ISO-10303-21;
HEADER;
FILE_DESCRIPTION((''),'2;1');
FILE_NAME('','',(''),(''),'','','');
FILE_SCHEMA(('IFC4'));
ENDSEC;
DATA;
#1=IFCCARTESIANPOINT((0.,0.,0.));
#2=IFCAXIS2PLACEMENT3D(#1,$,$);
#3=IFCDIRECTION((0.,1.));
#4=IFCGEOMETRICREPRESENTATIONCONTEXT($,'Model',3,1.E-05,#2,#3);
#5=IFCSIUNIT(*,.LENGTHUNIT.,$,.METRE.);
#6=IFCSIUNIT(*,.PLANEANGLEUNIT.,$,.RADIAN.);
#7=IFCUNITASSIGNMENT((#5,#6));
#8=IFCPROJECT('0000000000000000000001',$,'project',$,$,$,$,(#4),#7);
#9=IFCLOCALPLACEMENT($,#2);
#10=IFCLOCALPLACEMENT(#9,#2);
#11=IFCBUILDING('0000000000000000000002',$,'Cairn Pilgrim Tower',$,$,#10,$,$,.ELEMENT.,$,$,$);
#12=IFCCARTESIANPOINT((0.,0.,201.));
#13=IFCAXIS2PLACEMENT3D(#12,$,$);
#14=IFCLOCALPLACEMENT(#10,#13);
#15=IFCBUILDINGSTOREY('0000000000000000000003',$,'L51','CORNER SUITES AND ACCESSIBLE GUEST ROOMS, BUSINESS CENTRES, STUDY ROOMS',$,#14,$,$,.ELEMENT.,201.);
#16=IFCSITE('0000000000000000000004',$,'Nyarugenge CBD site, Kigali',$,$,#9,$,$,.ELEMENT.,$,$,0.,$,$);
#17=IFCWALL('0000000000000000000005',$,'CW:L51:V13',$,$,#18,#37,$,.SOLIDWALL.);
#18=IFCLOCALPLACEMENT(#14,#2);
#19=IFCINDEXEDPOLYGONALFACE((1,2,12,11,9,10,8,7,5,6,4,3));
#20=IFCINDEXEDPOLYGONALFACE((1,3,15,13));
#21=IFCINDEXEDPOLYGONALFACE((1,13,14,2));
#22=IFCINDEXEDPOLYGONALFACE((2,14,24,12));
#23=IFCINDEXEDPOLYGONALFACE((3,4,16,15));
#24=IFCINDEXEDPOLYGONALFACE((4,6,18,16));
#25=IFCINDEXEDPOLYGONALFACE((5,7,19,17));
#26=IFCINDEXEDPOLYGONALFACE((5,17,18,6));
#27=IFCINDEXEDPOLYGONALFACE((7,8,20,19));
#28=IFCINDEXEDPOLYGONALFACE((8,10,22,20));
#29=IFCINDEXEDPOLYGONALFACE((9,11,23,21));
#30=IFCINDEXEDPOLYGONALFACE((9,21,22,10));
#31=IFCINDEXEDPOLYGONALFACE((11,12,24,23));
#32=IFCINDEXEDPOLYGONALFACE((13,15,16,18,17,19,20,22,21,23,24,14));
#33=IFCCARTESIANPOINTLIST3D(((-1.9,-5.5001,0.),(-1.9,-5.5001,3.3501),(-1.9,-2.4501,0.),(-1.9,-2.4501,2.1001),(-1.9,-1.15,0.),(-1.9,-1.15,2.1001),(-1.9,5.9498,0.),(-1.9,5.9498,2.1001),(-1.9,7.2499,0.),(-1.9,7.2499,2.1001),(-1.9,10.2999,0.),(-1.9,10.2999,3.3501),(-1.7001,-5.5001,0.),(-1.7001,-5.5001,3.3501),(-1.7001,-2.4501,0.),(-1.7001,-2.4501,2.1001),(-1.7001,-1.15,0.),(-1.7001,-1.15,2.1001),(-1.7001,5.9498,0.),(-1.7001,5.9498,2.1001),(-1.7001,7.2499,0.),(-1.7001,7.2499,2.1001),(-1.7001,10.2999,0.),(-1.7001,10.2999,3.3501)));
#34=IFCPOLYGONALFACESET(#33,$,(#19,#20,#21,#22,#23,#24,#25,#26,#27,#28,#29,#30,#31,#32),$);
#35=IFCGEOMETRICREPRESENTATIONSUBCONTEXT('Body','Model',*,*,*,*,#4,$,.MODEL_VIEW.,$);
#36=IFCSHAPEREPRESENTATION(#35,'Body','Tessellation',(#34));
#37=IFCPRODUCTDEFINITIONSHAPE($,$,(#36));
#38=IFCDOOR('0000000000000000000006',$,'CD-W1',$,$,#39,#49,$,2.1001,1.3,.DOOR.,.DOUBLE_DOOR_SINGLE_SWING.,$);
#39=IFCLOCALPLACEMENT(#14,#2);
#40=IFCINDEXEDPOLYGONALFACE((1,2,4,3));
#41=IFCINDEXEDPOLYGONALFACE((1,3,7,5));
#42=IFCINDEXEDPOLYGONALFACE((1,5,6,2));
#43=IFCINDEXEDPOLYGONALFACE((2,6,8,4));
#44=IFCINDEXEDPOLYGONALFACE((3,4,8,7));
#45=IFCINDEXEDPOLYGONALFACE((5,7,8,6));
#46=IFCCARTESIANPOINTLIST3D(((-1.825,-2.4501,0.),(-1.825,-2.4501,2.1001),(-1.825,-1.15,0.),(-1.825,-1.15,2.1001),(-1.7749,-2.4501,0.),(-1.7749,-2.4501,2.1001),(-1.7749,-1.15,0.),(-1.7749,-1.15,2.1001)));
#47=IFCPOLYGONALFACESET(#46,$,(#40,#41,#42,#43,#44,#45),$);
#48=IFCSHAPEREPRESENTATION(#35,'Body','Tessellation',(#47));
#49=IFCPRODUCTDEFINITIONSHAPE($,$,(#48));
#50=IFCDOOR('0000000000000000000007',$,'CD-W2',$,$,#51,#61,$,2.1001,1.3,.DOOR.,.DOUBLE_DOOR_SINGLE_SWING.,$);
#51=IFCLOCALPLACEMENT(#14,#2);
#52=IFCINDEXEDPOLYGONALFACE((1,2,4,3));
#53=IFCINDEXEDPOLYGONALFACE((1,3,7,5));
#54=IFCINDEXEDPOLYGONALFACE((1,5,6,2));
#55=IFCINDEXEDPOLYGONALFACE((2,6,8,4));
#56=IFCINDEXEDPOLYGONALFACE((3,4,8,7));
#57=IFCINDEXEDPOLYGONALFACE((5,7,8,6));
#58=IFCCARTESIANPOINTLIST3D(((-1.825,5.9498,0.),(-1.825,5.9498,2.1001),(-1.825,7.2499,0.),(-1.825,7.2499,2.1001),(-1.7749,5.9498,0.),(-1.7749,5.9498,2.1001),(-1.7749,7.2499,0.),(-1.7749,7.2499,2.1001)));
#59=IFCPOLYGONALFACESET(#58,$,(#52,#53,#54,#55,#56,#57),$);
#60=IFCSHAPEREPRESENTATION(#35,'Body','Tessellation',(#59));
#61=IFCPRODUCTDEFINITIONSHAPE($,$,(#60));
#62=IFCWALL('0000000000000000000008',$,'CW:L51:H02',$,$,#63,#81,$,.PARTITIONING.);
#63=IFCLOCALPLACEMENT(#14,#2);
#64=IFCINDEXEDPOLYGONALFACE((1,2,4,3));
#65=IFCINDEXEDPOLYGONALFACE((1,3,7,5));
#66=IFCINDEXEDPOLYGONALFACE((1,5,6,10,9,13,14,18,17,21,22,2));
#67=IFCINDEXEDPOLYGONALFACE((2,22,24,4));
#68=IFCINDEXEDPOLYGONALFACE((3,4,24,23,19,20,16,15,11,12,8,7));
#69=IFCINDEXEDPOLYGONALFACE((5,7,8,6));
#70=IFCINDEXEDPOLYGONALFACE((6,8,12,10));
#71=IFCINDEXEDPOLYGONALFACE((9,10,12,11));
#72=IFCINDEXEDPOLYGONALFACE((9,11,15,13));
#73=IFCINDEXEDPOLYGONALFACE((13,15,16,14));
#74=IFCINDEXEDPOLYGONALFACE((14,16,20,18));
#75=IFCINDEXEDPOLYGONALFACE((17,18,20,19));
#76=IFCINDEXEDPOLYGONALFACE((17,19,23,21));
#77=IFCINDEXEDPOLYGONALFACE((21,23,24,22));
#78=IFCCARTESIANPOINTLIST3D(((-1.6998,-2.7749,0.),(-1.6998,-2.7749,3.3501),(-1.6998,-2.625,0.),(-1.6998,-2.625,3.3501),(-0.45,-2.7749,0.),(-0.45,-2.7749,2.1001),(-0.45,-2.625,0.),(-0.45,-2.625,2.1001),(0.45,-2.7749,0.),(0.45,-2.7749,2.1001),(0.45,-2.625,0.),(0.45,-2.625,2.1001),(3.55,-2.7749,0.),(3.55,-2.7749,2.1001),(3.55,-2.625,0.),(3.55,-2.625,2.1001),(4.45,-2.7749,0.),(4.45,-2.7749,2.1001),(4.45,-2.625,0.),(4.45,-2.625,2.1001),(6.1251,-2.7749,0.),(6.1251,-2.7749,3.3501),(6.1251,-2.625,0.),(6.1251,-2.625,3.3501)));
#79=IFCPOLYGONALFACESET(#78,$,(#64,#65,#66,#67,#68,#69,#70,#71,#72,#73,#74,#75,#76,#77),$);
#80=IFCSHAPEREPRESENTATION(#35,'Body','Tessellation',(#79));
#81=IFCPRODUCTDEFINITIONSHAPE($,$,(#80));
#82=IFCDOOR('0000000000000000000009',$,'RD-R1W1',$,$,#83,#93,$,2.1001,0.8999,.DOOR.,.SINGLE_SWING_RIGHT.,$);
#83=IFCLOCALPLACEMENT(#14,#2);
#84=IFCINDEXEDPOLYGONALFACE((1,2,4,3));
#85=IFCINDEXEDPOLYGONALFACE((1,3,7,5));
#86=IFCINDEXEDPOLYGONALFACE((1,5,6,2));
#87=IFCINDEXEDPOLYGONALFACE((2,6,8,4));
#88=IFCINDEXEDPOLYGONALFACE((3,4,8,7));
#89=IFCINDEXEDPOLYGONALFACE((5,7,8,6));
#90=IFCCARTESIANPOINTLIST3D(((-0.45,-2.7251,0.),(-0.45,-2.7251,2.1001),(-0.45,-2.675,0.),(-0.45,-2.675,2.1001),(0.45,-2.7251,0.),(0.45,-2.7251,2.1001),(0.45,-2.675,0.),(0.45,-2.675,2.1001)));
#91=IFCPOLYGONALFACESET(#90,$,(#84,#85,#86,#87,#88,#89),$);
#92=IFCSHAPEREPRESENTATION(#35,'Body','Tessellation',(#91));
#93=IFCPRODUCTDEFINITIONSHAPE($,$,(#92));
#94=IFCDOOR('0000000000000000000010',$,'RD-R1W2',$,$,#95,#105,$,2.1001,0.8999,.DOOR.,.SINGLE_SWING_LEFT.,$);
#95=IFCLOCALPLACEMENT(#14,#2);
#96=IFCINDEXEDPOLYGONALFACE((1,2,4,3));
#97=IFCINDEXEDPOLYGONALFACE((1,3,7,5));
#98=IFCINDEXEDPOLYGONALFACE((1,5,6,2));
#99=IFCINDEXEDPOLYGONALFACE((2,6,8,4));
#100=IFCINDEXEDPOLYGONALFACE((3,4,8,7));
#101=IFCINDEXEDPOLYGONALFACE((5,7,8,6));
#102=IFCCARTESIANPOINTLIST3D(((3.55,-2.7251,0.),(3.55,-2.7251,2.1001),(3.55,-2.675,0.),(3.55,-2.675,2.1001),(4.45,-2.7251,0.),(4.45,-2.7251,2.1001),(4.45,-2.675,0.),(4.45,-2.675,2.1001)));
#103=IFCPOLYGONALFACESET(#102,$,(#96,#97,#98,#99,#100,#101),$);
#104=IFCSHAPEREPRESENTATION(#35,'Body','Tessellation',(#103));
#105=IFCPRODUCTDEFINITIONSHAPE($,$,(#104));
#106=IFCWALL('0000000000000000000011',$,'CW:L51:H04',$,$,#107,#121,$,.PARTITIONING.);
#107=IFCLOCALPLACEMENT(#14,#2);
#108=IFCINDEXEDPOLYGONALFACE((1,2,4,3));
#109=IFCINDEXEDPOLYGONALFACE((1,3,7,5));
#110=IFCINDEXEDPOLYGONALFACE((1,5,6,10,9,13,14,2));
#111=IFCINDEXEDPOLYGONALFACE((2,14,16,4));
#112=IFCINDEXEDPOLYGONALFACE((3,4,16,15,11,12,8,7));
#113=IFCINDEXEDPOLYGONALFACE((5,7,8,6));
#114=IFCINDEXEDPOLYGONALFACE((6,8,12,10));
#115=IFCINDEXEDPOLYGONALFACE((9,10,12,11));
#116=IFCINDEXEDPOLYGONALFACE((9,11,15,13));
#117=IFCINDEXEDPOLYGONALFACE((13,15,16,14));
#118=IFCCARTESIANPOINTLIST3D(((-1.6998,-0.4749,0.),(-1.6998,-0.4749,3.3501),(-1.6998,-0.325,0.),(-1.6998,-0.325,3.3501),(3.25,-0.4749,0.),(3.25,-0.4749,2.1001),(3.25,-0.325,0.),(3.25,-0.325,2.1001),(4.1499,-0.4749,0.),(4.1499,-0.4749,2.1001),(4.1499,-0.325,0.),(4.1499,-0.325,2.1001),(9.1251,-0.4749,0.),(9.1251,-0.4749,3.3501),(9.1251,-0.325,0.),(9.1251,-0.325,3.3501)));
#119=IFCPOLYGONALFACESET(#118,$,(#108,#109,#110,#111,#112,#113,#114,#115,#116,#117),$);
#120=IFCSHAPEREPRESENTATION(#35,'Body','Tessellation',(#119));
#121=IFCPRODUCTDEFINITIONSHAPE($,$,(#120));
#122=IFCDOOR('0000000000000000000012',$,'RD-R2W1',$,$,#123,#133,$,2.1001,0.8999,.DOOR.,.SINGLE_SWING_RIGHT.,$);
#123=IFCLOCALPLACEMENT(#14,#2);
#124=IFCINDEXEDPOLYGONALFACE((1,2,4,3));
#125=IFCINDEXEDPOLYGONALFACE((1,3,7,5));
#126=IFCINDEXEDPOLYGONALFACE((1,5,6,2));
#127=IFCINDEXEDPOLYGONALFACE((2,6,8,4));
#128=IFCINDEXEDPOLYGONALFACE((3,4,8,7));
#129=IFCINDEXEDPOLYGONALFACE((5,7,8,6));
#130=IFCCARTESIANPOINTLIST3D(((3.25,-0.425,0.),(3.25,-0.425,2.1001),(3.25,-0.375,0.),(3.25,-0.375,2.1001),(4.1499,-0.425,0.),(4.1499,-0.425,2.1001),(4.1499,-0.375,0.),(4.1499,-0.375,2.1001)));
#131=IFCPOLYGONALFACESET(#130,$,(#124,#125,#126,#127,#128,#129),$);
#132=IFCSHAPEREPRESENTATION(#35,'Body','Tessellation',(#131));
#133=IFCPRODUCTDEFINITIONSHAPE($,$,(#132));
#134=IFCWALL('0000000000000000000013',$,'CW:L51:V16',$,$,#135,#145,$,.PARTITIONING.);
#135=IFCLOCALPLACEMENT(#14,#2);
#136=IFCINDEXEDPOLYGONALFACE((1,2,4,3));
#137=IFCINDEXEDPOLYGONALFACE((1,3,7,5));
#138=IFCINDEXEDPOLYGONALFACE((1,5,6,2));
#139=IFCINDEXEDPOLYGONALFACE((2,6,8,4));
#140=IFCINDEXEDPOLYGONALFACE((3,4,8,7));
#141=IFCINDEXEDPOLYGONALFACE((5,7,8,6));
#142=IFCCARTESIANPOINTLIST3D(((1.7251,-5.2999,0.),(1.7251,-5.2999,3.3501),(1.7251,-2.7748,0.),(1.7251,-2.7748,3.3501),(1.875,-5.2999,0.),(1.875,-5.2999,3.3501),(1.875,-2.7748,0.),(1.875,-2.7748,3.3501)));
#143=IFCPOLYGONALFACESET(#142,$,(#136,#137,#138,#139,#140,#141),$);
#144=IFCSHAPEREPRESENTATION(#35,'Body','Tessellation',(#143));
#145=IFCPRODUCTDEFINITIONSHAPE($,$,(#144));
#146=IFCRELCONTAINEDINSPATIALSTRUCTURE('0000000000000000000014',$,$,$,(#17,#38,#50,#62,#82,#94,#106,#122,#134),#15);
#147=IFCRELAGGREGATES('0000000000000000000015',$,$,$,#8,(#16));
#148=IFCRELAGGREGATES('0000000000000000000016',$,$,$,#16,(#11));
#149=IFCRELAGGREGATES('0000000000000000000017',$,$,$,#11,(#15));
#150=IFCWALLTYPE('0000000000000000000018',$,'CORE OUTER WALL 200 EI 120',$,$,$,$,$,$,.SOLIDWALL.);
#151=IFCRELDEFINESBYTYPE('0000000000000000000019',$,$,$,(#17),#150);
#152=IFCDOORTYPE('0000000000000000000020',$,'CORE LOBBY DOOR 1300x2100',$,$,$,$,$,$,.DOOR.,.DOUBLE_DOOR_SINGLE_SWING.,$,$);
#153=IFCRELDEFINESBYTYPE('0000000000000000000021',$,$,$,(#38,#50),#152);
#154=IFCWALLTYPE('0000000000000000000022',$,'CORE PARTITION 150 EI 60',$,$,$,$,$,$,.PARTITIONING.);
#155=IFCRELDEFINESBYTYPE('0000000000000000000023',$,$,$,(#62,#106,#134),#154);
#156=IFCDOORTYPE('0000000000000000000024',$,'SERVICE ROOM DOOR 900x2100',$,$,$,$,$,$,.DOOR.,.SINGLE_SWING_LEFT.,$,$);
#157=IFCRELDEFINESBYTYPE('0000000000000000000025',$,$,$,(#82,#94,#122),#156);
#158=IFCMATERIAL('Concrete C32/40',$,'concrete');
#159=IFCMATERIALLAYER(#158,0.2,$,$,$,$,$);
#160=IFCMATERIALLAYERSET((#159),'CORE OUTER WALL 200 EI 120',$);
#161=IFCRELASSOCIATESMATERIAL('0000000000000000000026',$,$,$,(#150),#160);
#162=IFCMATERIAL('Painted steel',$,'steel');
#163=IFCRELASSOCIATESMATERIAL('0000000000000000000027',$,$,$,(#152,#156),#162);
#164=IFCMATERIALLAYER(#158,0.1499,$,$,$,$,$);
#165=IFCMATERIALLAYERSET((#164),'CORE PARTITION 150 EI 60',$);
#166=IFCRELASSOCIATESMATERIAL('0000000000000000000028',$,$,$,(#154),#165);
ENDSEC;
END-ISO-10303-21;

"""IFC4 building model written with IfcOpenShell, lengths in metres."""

from ifc_helpers import new_model, si_unit, direction, frame, frame_2d, origin, place, context, subcontext, project, spatial, rectangle, extrude, material, layer, layer_set, type_object, element, fill, save


model = new_model("IFC4")

# Units and contexts
model_context = context("Model", 3, precision=1e-05, world=origin(), true_north=direction((0.0, 1.0)))
body_context = subcontext(model_context, "Body", "Model", "MODEL_VIEW")
ifc_project = project(units=[si_unit("LENGTHUNIT", "METRE"), si_unit("PLANEANGLEUNIT", "RADIAN")], contexts=[model_context])

# Site, building, storey
site_placement = place(None, origin())
site = spatial("IfcSite", under=ifc_project, at=site_placement, Name="Nyarugenge CBD site, Kigali", CompositionType="ELEMENT", RefElevation=0.0)
building_placement = place(site_placement, origin())
building = spatial("IfcBuilding", under=site, at=building_placement, Name="Cairn Pilgrim Tower", CompositionType="ELEMENT")
storey_placement = place(building_placement, frame((0.0, 0.0, 201.0)))
storey = spatial("IfcBuildingStorey", under=building, at=storey_placement, Name="L51", Description="CORNER SUITES AND ACCESSIBLE GUEST ROOMS, BUSINESS CENTRES, STUDY ROOMS", CompositionType="ELEMENT", Elevation=201.0)

# Shared definitions
ifc_material_1 = material(Name="Concrete C32/40", Category="concrete")
ifc_layer_1 = layer(ifc_material_1, 0.2)
ifc_layer_set_1 = layer_set([ifc_layer_1], Name="CORE OUTER WALL 200 EI 120")
wall_type_1 = type_object("IfcWallType", Name="CORE OUTER WALL 200 EI 120", PredefinedType="SOLIDWALL", material=ifc_layer_set_1)

# Walls, openings, doors
wall_1_placement = place(storey_placement, frame((-1.8, -5.5, 0.0), z_axis=(0.0, 0.0, 1.0), x_axis=(0.0, 1.0, 0.0)))
wall_1 = element("IfcWall", 1, at=wall_1_placement, inside=storey, type_object=wall_type_1, Name="CW:L51:V13", PredefinedType="SOLIDWALL", context=body_context, shape_type="SweptSolid", body=[
    extrude(rectangle(XDim=15.8, YDim=0.2, at=frame_2d((7.8999, 0.0))), origin(), (0.0, 0.0, 1.0), 3.3501),
])
opening_1_placement = place(wall_1_placement, frame((3.05, 0.0, 0.0)))
opening_1 = element("IfcOpeningElement", 2, at=opening_1_placement, cuts=wall_1, PredefinedType="OPENING", context=body_context, shape_type="SweptSolid", body=[
    extrude(rectangle(XDim=1.3, YDim=2.1001, at=frame_2d((0.6499, 1.05))), frame((0.0, 0.1099, 0.0), z_axis=(0.0, -1.0, 0.0), x_axis=(1.0, 0.0, 0.0)), (0.0, 0.0, 1.0), 0.22),
])
opening_2_placement = place(wall_1_placement, frame((11.45, 0.0, 0.0)))
opening_2 = element("IfcOpeningElement", 3, at=opening_2_placement, cuts=wall_1, PredefinedType="OPENING", context=body_context, shape_type="SweptSolid", body=[
    extrude(rectangle(XDim=1.3, YDim=2.1001, at=frame_2d((0.6499, 1.05))), frame((0.0, 0.1099, 0.0), z_axis=(0.0, -1.0, 0.0), x_axis=(1.0, 0.0, 0.0)), (0.0, 0.0, 1.0), 0.22),
])
ifc_material_2 = material(Name="Painted steel", Category="steel")
door_type_1 = type_object("IfcDoorType", Name="CORE LOBBY DOOR 1300x2100", OperationType="DOUBLE_DOOR_SINGLE_SWING", PredefinedType="DOOR", material=ifc_material_2)
door_1_placement = place(opening_1_placement, origin())
door_1 = element("IfcDoor", 4, at=door_1_placement, inside=storey, type_object=door_type_1, Name="CD-W1", OperationType="DOUBLE_DOOR_SINGLE_SWING", OverallHeight=2.1001, OverallWidth=1.3, PredefinedType="DOOR", context=body_context, shape_type="SweptSolid", body=[
    extrude(rectangle(XDim=1.3, YDim=2.1001, at=frame_2d((0.6499, 1.05))), frame((0.0, 0.0249, 0.0), z_axis=(0.0, -1.0, 0.0), x_axis=(1.0, 0.0, 0.0)), (0.0, 0.0, 1.0), 0.05),
])
fill(opening_1, door_1)
door_2_placement = place(opening_2_placement, origin())
door_2 = element("IfcDoor", 5, at=door_2_placement, inside=storey, type_object=door_type_1, Name="CD-W2", OperationType="DOUBLE_DOOR_SINGLE_SWING", OverallHeight=2.1001, OverallWidth=1.3, PredefinedType="DOOR", context=body_context, shape_type="SweptSolid", body=[
    extrude(rectangle(XDim=1.3, YDim=2.1001, at=frame_2d((0.6499, 1.05))), frame((0.0, 0.0249, 0.0), z_axis=(0.0, -1.0, 0.0), x_axis=(1.0, 0.0, 0.0)), (0.0, 0.0, 1.0), 0.05),
])
fill(opening_2, door_2)
ifc_layer_2 = layer(ifc_material_1, 0.1499)
ifc_layer_set_2 = layer_set([ifc_layer_2], Name="CORE PARTITION 150 EI 60")
wall_type_2 = type_object("IfcWallType", Name="CORE PARTITION 150 EI 60", PredefinedType="PARTITIONING", material=ifc_layer_set_2)
wall_2_placement = place(storey_placement, frame((-1.7, -2.7, 0.0), z_axis=(0.0, 0.0, 1.0), x_axis=(1.0, 0.0, 0.0)))
wall_2 = element("IfcWall", 6, at=wall_2_placement, inside=storey, type_object=wall_type_2, Name="CW:L51:H02", PredefinedType="PARTITIONING", context=body_context, shape_type="SweptSolid", body=[
    extrude(rectangle(XDim=7.825, YDim=0.1499, at=frame_2d((3.9126, 0.0))), origin(), (0.0, 0.0, 1.0), 3.3501),
])
opening_3_placement = place(wall_2_placement, frame((1.25, 0.0, 0.0)))
opening_3 = element("IfcOpeningElement", 7, at=opening_3_placement, cuts=wall_2, PredefinedType="OPENING", context=body_context, shape_type="SweptSolid", body=[
    extrude(rectangle(XDim=0.8999, YDim=2.1001, at=frame_2d((0.45, 1.05))), frame((0.0, 0.085, 0.0), z_axis=(0.0, -1.0, 0.0), x_axis=(1.0, 0.0, 0.0)), (0.0, 0.0, 1.0), 0.1699),
])
opening_4_placement = place(wall_2_placement, frame((5.25, 0.0, 0.0)))
opening_4 = element("IfcOpeningElement", 8, at=opening_4_placement, cuts=wall_2, PredefinedType="OPENING", context=body_context, shape_type="SweptSolid", body=[
    extrude(rectangle(XDim=0.8999, YDim=2.1001, at=frame_2d((0.45, 1.05))), frame((0.0, 0.085, 0.0), z_axis=(0.0, -1.0, 0.0), x_axis=(1.0, 0.0, 0.0)), (0.0, 0.0, 1.0), 0.1699),
])
door_type_2 = type_object("IfcDoorType", Name="SERVICE ROOM DOOR 900x2100", OperationType="SINGLE_SWING_LEFT", PredefinedType="DOOR", material=ifc_material_2)
door_3_placement = place(opening_3_placement, origin())
door_3 = element("IfcDoor", 9, at=door_3_placement, inside=storey, type_object=door_type_2, Name="RD-R1W1", OperationType="SINGLE_SWING_RIGHT", OverallHeight=2.1001, OverallWidth=0.8999, PredefinedType="DOOR", context=body_context, shape_type="SweptSolid", body=[
    extrude(rectangle(XDim=0.8999, YDim=2.1001, at=frame_2d((0.45, 1.05))), frame((0.0, 0.0249, 0.0), z_axis=(0.0, -1.0, 0.0), x_axis=(1.0, 0.0, 0.0)), (0.0, 0.0, 1.0), 0.05),
])
fill(opening_3, door_3)
door_4_placement = place(opening_4_placement, origin())
door_4 = element("IfcDoor", 10, at=door_4_placement, inside=storey, type_object=door_type_2, Name="RD-R1W2", OperationType="SINGLE_SWING_LEFT", OverallHeight=2.1001, OverallWidth=0.8999, PredefinedType="DOOR", context=body_context, shape_type="SweptSolid", body=[
    extrude(rectangle(XDim=0.8999, YDim=2.1001, at=frame_2d((0.45, 1.05))), frame((0.0, 0.0249, 0.0), z_axis=(0.0, -1.0, 0.0), x_axis=(1.0, 0.0, 0.0)), (0.0, 0.0, 1.0), 0.05),
])
fill(opening_4, door_4)

# Wall, opening, door
wall_3_placement = place(storey_placement, frame((-1.7, -0.3999, 0.0), z_axis=(0.0, 0.0, 1.0), x_axis=(1.0, 0.0, 0.0)))
wall_3 = element("IfcWall", 11, at=wall_3_placement, inside=storey, type_object=wall_type_2, Name="CW:L51:H04", PredefinedType="PARTITIONING", context=body_context, shape_type="SweptSolid", body=[
    extrude(rectangle(XDim=10.825, YDim=0.1499, at=frame_2d((5.4126, 0.0))), origin(), (0.0, 0.0, 1.0), 3.3501),
])
opening_5_placement = place(wall_3_placement, frame((4.95, 0.0, 0.0)))
opening_5 = element("IfcOpeningElement", 12, at=opening_5_placement, cuts=wall_3, PredefinedType="OPENING", context=body_context, shape_type="SweptSolid", body=[
    extrude(rectangle(XDim=0.8999, YDim=2.1001, at=frame_2d((0.45, 1.05))), frame((0.0, 0.085, 0.0), z_axis=(0.0, -1.0, 0.0), x_axis=(1.0, 0.0, 0.0)), (0.0, 0.0, 1.0), 0.1699),
])
door_5_placement = place(opening_5_placement, origin())
door_5 = element("IfcDoor", 13, at=door_5_placement, inside=storey, type_object=door_type_2, Name="RD-R2W1", OperationType="SINGLE_SWING_RIGHT", OverallHeight=2.1001, OverallWidth=0.8999, PredefinedType="DOOR", context=body_context, shape_type="SweptSolid", body=[
    extrude(rectangle(XDim=0.8999, YDim=2.1001, at=frame_2d((0.45, 1.05))), frame((0.0, 0.0249, 0.0), z_axis=(0.0, -1.0, 0.0), x_axis=(1.0, 0.0, 0.0)), (0.0, 0.0, 1.0), 0.05),
])
fill(opening_5, door_5)

# Wall
wall_4_placement = place(storey_placement, frame((1.8, -5.3, 0.0), z_axis=(0.0, 0.0, 1.0), x_axis=(0.0, 1.0, 0.0)))
element("IfcWall", 14, at=wall_4_placement, inside=storey, type_object=wall_type_2, Name="CW:L51:V16", PredefinedType="PARTITIONING", context=body_context, shape_type="SweptSolid", body=[
    extrude(rectangle(XDim=2.5251, YDim=0.1499, at=frame_2d((1.2627, 0.0))), origin(), (0.0, 0.0, 1.0), 3.3501),
])

save(model, "model.ifc")
